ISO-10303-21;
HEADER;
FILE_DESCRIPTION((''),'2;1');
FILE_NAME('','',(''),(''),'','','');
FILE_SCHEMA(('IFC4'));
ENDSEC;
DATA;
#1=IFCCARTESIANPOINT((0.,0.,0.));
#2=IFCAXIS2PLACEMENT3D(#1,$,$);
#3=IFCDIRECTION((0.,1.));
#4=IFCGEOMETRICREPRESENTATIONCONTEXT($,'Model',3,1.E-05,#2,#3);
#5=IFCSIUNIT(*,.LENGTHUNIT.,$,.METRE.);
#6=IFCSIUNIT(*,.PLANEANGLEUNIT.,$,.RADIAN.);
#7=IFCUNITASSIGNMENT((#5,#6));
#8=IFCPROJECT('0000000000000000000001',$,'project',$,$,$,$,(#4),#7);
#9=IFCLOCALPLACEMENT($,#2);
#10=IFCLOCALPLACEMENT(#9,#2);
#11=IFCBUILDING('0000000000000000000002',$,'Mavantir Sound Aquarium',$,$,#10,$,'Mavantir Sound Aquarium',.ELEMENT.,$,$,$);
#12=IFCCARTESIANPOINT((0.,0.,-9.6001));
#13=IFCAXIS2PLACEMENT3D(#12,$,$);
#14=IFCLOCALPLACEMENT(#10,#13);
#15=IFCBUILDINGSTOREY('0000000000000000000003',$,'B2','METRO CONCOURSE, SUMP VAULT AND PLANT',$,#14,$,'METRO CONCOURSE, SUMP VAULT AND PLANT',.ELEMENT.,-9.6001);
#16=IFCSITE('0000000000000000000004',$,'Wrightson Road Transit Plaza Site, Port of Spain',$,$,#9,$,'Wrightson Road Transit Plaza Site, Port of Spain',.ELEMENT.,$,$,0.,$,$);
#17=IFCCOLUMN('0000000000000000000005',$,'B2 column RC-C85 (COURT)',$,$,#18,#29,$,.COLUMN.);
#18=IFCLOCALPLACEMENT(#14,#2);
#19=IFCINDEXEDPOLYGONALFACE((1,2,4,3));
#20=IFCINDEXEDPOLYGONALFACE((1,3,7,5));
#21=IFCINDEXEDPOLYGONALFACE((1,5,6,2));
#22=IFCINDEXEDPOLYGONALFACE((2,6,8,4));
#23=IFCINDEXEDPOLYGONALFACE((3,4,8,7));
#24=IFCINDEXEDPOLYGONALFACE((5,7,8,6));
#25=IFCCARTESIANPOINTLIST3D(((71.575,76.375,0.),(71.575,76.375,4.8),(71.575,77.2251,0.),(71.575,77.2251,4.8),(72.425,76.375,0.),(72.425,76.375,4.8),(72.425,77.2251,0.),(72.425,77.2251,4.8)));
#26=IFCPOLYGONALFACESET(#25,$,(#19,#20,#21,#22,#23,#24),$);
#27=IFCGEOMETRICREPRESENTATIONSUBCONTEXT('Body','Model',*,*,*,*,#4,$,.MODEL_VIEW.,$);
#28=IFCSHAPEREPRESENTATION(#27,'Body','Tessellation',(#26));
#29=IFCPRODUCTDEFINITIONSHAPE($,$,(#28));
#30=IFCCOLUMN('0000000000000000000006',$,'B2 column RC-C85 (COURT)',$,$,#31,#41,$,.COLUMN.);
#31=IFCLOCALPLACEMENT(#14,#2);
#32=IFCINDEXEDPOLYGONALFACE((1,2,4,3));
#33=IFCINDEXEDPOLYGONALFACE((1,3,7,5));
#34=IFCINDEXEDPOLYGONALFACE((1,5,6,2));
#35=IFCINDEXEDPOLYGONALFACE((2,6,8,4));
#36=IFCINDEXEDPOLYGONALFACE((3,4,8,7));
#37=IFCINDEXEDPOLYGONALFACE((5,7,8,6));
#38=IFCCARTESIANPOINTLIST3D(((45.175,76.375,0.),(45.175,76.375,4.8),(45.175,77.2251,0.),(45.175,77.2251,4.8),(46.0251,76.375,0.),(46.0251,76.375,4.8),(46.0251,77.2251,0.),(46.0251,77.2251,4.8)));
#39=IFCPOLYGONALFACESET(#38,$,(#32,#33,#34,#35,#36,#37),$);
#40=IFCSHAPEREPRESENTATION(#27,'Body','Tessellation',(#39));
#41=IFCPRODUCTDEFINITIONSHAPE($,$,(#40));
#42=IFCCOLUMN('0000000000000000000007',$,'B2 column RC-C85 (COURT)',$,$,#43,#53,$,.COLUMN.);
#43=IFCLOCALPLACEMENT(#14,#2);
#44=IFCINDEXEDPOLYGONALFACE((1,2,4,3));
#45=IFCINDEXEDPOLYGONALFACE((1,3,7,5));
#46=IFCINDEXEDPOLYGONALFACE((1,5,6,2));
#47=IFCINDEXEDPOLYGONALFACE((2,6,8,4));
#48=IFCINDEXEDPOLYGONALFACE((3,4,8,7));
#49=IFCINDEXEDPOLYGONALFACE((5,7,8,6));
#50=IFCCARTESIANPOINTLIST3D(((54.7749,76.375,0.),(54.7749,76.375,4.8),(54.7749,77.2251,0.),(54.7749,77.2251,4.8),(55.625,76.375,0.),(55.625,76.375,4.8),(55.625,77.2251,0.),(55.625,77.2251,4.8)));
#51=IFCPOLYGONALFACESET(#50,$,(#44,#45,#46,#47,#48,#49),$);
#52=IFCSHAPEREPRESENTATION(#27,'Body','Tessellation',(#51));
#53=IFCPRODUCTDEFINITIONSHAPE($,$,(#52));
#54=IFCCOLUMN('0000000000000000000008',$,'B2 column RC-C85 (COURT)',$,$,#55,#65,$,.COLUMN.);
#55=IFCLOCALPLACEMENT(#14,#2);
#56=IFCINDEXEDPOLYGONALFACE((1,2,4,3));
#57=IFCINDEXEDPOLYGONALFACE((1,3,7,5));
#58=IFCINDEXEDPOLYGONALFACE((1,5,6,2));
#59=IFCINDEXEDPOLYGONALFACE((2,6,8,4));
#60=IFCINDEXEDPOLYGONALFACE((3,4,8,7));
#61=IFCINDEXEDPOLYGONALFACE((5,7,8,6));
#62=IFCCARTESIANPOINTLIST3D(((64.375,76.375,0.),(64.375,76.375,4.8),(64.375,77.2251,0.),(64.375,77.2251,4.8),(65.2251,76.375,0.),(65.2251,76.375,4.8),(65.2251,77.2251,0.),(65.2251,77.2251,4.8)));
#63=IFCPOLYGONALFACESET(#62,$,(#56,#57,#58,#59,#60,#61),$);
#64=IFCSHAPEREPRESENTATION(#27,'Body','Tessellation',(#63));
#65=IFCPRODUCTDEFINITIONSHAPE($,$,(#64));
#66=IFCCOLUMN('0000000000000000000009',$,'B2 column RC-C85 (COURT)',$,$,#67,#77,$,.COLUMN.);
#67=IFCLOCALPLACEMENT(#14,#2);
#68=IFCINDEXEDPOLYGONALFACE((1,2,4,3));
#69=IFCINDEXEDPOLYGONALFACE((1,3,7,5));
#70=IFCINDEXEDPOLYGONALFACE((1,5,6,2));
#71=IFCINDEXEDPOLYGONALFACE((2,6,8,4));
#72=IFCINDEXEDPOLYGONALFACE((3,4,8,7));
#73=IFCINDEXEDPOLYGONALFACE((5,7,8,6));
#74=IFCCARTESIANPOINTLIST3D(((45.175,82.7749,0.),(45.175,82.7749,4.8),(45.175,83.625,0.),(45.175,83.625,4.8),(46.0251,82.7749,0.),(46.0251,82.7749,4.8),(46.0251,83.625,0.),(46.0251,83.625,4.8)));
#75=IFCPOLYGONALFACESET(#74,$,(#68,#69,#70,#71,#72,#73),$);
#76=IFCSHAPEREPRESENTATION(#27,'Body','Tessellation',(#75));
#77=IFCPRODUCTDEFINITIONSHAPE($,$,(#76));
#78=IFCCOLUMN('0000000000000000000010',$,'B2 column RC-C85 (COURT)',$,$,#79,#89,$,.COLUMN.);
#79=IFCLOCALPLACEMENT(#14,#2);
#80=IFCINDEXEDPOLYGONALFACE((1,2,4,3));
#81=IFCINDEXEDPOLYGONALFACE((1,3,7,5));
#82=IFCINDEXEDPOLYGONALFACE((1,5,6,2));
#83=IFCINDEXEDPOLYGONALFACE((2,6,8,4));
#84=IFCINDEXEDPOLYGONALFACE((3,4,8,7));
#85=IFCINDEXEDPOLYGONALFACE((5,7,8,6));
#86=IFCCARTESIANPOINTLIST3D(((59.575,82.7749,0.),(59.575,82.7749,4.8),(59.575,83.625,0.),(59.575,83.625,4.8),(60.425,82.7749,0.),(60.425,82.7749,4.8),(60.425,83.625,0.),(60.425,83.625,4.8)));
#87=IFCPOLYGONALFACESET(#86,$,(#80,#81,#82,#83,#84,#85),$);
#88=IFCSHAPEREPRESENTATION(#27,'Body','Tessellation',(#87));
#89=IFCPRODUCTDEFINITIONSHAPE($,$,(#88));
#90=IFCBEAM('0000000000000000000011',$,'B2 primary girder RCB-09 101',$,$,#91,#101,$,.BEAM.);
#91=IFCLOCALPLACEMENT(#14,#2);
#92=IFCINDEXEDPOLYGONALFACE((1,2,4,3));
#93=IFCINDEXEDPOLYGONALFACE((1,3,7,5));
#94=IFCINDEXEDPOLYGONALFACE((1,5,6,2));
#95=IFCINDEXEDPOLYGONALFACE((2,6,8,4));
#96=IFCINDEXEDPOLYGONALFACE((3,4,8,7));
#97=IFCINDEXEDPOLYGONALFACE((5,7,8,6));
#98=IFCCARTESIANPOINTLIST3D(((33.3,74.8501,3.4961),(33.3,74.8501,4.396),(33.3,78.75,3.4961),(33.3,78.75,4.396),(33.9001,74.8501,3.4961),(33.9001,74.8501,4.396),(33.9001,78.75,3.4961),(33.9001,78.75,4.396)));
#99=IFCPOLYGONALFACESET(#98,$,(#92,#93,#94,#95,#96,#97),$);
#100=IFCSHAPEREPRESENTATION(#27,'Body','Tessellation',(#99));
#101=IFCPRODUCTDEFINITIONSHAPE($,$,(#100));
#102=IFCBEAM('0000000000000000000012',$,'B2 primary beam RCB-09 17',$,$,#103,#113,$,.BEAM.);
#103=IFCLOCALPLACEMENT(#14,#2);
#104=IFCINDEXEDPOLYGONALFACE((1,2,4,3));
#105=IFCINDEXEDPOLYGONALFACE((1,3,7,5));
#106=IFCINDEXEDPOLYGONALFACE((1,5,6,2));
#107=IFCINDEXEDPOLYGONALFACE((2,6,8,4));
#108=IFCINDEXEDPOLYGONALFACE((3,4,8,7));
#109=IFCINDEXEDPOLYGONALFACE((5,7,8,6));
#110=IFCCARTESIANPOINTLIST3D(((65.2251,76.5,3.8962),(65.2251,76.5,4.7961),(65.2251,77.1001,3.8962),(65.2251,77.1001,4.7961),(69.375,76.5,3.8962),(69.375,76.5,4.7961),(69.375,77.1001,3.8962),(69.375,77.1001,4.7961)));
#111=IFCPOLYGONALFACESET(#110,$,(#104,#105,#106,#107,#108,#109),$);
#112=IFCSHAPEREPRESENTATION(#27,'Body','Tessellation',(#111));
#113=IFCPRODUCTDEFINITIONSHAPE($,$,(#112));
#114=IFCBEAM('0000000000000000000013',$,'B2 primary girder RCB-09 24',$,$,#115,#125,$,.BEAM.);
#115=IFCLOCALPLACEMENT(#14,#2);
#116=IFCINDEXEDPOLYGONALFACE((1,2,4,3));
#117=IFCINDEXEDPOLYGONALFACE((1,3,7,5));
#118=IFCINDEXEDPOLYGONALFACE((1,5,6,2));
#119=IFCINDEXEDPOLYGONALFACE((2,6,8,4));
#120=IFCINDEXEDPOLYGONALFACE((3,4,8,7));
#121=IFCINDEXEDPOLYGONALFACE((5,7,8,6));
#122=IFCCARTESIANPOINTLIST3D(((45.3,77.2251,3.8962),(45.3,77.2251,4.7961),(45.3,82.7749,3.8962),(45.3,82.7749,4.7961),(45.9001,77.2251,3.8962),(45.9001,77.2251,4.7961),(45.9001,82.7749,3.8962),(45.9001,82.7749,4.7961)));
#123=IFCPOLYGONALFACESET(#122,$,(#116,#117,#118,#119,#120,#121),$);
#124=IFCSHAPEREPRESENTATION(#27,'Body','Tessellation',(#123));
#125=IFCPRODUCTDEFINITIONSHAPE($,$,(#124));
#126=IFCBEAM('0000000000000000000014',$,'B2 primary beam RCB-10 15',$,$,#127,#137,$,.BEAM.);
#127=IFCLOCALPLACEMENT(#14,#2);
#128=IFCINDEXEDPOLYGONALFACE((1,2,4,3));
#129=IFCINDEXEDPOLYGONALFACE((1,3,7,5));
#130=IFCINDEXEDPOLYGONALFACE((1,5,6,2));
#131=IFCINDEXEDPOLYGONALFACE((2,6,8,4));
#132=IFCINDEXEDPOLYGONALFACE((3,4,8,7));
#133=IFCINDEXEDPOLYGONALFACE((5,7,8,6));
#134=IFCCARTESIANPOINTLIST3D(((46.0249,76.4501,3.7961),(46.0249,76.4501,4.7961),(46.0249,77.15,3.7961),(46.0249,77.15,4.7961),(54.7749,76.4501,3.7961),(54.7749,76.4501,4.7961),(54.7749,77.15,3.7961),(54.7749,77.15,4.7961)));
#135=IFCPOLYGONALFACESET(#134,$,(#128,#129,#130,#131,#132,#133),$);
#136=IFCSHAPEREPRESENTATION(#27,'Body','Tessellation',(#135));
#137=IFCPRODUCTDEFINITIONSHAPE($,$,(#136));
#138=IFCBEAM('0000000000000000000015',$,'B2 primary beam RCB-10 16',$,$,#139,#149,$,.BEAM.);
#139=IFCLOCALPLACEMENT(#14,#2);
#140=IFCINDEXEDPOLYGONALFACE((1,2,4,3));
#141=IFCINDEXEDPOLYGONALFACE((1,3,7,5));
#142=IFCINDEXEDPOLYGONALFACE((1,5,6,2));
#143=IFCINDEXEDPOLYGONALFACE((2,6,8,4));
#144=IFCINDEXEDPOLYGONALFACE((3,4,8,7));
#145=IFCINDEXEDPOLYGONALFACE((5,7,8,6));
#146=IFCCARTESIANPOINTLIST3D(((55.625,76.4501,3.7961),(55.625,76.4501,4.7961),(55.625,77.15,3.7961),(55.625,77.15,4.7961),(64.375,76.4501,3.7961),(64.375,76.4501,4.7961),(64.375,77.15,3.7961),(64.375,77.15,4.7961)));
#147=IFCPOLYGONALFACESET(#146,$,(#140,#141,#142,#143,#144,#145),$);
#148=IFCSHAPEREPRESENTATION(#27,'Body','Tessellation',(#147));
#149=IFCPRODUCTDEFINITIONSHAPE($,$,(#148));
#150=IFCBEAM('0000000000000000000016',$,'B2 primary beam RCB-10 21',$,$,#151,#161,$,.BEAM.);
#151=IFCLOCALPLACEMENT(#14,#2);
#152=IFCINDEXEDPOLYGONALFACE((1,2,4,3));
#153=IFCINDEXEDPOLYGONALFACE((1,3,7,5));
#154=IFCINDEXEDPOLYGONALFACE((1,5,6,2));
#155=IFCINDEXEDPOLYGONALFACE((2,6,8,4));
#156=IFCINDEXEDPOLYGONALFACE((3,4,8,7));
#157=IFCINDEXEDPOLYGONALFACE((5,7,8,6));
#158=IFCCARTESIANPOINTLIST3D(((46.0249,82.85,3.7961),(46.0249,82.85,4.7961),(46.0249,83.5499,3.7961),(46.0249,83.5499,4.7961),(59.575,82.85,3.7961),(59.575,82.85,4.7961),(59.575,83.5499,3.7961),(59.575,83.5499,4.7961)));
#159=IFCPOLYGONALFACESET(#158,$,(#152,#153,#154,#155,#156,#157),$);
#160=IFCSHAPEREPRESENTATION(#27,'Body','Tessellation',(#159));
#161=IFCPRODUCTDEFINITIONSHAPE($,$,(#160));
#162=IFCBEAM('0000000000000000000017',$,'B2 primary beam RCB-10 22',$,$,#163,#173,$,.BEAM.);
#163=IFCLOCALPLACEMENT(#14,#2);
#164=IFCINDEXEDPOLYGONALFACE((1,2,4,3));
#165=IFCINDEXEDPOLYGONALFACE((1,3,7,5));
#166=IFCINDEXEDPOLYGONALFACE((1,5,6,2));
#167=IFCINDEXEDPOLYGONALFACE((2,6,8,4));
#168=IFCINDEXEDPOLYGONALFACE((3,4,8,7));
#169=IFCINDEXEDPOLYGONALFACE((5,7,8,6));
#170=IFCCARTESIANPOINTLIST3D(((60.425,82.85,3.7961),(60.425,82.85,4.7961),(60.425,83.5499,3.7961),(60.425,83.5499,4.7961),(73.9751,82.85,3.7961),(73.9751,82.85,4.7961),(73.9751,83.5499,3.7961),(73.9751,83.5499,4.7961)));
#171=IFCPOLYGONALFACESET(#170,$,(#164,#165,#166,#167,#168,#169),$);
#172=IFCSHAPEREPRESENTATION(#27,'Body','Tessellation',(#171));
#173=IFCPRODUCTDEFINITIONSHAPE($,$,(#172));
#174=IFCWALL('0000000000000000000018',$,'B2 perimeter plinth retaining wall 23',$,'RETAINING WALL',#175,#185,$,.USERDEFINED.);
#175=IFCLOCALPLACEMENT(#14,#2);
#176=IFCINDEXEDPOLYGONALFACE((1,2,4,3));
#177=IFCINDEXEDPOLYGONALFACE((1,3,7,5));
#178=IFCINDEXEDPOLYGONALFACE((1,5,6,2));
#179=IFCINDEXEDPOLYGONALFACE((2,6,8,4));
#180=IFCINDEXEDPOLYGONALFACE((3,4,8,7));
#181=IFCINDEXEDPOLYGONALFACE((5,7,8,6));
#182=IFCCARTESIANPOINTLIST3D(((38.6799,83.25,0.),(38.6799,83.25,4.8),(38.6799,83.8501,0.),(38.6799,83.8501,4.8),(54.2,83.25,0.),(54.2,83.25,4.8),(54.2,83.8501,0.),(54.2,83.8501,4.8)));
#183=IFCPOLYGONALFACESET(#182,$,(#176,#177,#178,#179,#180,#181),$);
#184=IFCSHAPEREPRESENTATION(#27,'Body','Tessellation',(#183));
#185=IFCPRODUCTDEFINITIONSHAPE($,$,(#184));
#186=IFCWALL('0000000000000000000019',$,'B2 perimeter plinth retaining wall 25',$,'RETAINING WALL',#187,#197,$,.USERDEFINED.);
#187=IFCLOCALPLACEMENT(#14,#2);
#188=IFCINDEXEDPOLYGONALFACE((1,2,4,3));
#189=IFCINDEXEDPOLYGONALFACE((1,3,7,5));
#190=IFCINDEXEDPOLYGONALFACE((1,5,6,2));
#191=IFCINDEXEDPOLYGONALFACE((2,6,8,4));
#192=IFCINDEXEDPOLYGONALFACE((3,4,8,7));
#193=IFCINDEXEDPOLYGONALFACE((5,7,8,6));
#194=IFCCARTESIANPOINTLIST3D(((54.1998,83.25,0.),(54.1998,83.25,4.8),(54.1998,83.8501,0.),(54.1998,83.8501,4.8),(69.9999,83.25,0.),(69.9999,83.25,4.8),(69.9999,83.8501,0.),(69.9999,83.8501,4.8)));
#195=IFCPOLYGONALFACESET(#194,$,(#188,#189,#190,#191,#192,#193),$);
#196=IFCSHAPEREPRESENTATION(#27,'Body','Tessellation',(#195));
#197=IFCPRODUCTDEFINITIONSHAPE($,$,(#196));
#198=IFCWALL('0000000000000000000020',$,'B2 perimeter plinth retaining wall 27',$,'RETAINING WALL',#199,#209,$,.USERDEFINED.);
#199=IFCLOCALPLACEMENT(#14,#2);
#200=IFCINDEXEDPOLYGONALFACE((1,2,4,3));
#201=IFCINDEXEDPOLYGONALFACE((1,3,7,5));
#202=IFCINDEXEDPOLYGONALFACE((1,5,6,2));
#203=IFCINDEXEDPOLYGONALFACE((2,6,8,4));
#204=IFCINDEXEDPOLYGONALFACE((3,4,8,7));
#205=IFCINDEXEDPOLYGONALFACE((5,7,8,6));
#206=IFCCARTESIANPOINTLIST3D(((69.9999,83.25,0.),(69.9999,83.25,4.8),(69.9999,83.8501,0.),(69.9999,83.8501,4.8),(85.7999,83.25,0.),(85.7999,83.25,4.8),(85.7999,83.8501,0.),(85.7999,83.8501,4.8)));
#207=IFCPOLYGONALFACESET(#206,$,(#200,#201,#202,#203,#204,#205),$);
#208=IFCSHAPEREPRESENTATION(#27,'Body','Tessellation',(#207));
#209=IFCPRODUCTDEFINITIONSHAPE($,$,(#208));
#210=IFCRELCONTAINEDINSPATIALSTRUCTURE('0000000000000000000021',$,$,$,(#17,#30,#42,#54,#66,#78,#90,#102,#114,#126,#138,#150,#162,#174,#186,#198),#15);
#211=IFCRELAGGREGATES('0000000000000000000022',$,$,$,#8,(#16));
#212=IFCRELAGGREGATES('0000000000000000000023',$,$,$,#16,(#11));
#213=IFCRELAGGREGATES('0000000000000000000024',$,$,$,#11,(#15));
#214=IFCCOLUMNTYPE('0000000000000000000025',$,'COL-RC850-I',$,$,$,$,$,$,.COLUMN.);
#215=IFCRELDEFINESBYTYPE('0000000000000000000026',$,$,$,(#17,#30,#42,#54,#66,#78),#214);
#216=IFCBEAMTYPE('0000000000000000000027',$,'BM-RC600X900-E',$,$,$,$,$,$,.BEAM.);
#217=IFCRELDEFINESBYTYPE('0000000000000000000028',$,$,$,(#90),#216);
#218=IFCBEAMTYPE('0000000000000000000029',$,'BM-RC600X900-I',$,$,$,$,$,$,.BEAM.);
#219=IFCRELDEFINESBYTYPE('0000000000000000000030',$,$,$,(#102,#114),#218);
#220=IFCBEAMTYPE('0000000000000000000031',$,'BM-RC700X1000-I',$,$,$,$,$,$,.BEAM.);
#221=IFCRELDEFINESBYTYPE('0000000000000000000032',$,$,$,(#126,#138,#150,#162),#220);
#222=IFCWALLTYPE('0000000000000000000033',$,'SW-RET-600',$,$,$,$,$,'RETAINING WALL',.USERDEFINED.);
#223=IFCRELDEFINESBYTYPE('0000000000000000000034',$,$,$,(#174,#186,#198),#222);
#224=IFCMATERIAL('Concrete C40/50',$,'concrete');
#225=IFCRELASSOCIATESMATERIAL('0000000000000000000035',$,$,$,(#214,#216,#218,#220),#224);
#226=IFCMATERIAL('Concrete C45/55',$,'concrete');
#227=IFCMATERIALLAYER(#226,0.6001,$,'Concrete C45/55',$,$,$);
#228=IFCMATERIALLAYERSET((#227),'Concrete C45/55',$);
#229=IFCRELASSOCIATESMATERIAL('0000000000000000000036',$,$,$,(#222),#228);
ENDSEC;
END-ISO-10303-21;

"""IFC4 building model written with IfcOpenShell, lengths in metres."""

from ifc_helpers import new_model, si_unit, direction, frame, frame_2d, origin, origin_2d, place, context, subcontext, project, spatial, rectangle, extrude, material, layer, layer_set, material_profile, profile_set, type_object, element, save


model = new_model("IFC4")

# Units and contexts
model_context = context("Model", 3, precision=1e-05, world=origin(), true_north=direction((0.0, 1.0)))
body_context = subcontext(model_context, "Body", "Model", "MODEL_VIEW")
ifc_project = project(units=[si_unit("LENGTHUNIT", "METRE"), si_unit("PLANEANGLEUNIT", "RADIAN")], contexts=[model_context])

# Site, building, storey
site_placement = place(None, origin())
site = spatial("IfcSite", under=ifc_project, at=site_placement, Name="Wrightson Road Transit Plaza Site, Port of Spain", LongName="Wrightson Road Transit Plaza Site, Port of Spain", CompositionType="ELEMENT", RefElevation=0.0)
building_placement = place(site_placement, origin())
building = spatial("IfcBuilding", under=site, at=building_placement, Name="Mavantir Sound Aquarium", LongName="Mavantir Sound Aquarium", CompositionType="ELEMENT")
storey_placement = place(building_placement, frame((0.0, 0.0, -9.6001)))
storey = spatial("IfcBuildingStorey", under=building, at=storey_placement, Name="B2", Description="METRO CONCOURSE, SUMP VAULT AND PLANT", LongName="METRO CONCOURSE, SUMP VAULT AND PLANT", CompositionType="ELEMENT", Elevation=-9.6001)

# Shared definitions
ifc_material_1 = material(Name="Concrete C40/50", Category="concrete")

# Columns
ifc_material_profile_1 = material_profile(ifc_material_1, rectangle(XDim=0.8501, YDim=0.8501, at=origin_2d()), Name="RC 850X850")
ifc_profile_set_1 = profile_set([ifc_material_profile_1], Name="Concrete C40/50")
column_type_1 = type_object("IfcColumnType", Name="COL-RC850-I", PredefinedType="COLUMN", material=ifc_profile_set_1)
for number, where, z_axis, x_axis, name in (
    (1, (72.0, 76.8, 0.0), (0.0, 0.0, 1.0), (1.0, 0.0, 0.0), "B2 column RC-C85 (COURT)"),
    (2, (45.6001, 76.8, 0.0), (0.0, 0.0, 1.0), (1.0, 0.0, 0.0), "B2 column RC-C85 (COURT)"),
    (3, (55.2, 76.8, 0.0), (0.0, 0.0, 1.0), (1.0, 0.0, 0.0), "B2 column RC-C85 (COURT)"),
    (4, (64.8, 76.8, 0.0), (0.0, 0.0, 1.0), (1.0, 0.0, 0.0), "B2 column RC-C85 (COURT)"),
    (5, (45.6001, 83.2, 0.0), (0.0, 0.0, 1.0), (1.0, 0.0, 0.0), "B2 column RC-C85 (COURT)"),
    (6, (60.0, 83.2, 0.0), (0.0, 0.0, 1.0), (1.0, 0.0, 0.0), "B2 column RC-C85 (COURT)"),
):
    element("IfcColumn", number, at=place(storey_placement, frame(where, z_axis=z_axis, x_axis=x_axis)), inside=storey, type_object=column_type_1, Name=name, PredefinedType="COLUMN", context=body_context, shape_type="SweptSolid", body=[
        extrude(rectangle(XDim=0.8501, YDim=0.8501, at=origin_2d()), origin(), (0.0, 0.0, 1.0), 4.8),
    ])

# Beams
ifc_material_profile_2 = material_profile(ifc_material_1, rectangle(XDim=0.6001, YDim=0.8999, at=origin_2d()), Name="RC 600X900")
ifc_profile_set_2 = profile_set([ifc_material_profile_2], Name="Concrete C40/50")
beam_type_1 = type_object("IfcBeamType", Name="BM-RC600X900-E", PredefinedType="BEAM", material=ifc_profile_set_2)
beam_1_placement = place(storey_placement, frame((33.6001, 74.8501, 3.946), z_axis=(0.0, 1.0, 0.0), x_axis=(-1.0, 0.0, 0.0)))
element("IfcBeam", 7, at=beam_1_placement, inside=storey, type_object=beam_type_1, Name="B2 primary girder RCB-09 101", PredefinedType="BEAM", context=body_context, shape_type="SweptSolid", body=[
    extrude(rectangle(XDim=0.6001, YDim=0.8999, at=origin_2d()), origin(), (0.0, 0.0, 1.0), 3.8999),
])
ifc_material_profile_3 = material_profile(ifc_material_1, rectangle(XDim=0.6001, YDim=0.8999, at=origin_2d()), Name="RC 600X900")
ifc_profile_set_3 = profile_set([ifc_material_profile_3], Name="Concrete C40/50")
beam_type_2 = type_object("IfcBeamType", Name="BM-RC600X900-I", PredefinedType="BEAM", material=ifc_profile_set_3)
beam_2_placement = place(storey_placement, frame((65.2251, 76.8, 4.3462), z_axis=(1.0, 0.0, 0.0), x_axis=(0.0, 1.0, 0.0)))
element("IfcBeam", 8, at=beam_2_placement, inside=storey, type_object=beam_type_2, Name="B2 primary beam RCB-09 17", PredefinedType="BEAM", context=body_context, shape_type="SweptSolid", body=[
    extrude(rectangle(XDim=0.6001, YDim=0.8999, at=origin_2d()), origin(), (0.0, 0.0, 1.0), 4.1499),
])
beam_3_placement = place(storey_placement, frame((45.6001, 77.2251, 4.3462), z_axis=(0.0, 1.0, 0.0), x_axis=(-1.0, 0.0, 0.0)))
element("IfcBeam", 9, at=beam_3_placement, inside=storey, type_object=beam_type_2, Name="B2 primary girder RCB-09 24", PredefinedType="BEAM", context=body_context, shape_type="SweptSolid", body=[
    extrude(rectangle(XDim=0.6001, YDim=0.8999, at=origin_2d()), origin(), (0.0, 0.0, 1.0), 5.5498),
])
ifc_material_profile_4 = material_profile(ifc_material_1, rectangle(XDim=0.7, YDim=1.0, at=origin_2d()), Name="RC 700X1000")
ifc_profile_set_4 = profile_set([ifc_material_profile_4], Name="Concrete C40/50")
beam_type_3 = type_object("IfcBeamType", Name="BM-RC700X1000-I", PredefinedType="BEAM", material=ifc_profile_set_4)
for number, where, z_axis, x_axis, name in (
    (10, (46.0249, 76.8, 4.2961), (1.0, 0.0, 0.0), (0.0, 1.0, 0.0), "B2 primary beam RCB-10 15"),
    (11, (55.625, 76.8, 4.2961), (1.0, 0.0, 0.0), (0.0, 1.0, 0.0), "B2 primary beam RCB-10 16"),
):
    element("IfcBeam", number, at=place(storey_placement, frame(where, z_axis=z_axis, x_axis=x_axis)), inside=storey, type_object=beam_type_3, Name=name, PredefinedType="BEAM", context=body_context, shape_type="SweptSolid", body=[
        extrude(rectangle(XDim=0.7, YDim=1.0, at=origin_2d()), origin(), (0.0, 0.0, 1.0), 8.75),
    ])
for number, where, z_axis, x_axis, name in (
    (12, (46.0249, 83.2, 4.2961), (1.0, 0.0, 0.0), (0.0, 1.0, 0.0), "B2 primary beam RCB-10 21"),
    (13, (60.425, 83.2, 4.2961), (1.0, 0.0, 0.0), (0.0, 1.0, 0.0), "B2 primary beam RCB-10 22"),
):
    element("IfcBeam", number, at=place(storey_placement, frame(where, z_axis=z_axis, x_axis=x_axis)), inside=storey, type_object=beam_type_3, Name=name, PredefinedType="BEAM", context=body_context, shape_type="SweptSolid", body=[
        extrude(rectangle(XDim=0.7, YDim=1.0, at=origin_2d()), origin(), (0.0, 0.0, 1.0), 13.55),
    ])

# Walls
ifc_material_2 = material(Name="Concrete C45/55", Category="concrete")
ifc_layer = layer(ifc_material_2, 0.6001, Name="Concrete C45/55")
ifc_layer_set = layer_set([ifc_layer], Name="Concrete C45/55")
wall_type = type_object("IfcWallType", Name="SW-RET-600", ElementType="RETAINING WALL", PredefinedType="USERDEFINED", material=ifc_layer_set)
wall_placement = place(storey_placement, frame((38.6799, 83.55, 0.0), z_axis=(0.0, 0.0, 1.0), x_axis=(1.0, 0.0, 0.0)))
element("IfcWall", 14, at=wall_placement, inside=storey, type_object=wall_type, Name="B2 perimeter plinth retaining wall 23", ObjectType="RETAINING WALL", PredefinedType="USERDEFINED", context=body_context, shape_type="SweptSolid", body=[
    extrude(rectangle(XDim=15.52, YDim=0.6001, at=frame_2d((7.76, 0.0))), origin(), (0.0, 0.0, 1.0), 4.8),
])
for number, where, z_axis, x_axis, name in (
    (15, (54.2, 83.55, 0.0), (0.0, 0.0, 1.0), (1.0, 0.0, 0.0), "B2 perimeter plinth retaining wall 25"),
    (16, (70.0, 83.55, 0.0), (0.0, 0.0, 1.0), (1.0, 0.0, 0.0), "B2 perimeter plinth retaining wall 27"),
):
    element("IfcWall", number, at=place(storey_placement, frame(where, z_axis=z_axis, x_axis=x_axis)), inside=storey, type_object=wall_type, Name=name, ObjectType="RETAINING WALL", PredefinedType="USERDEFINED", context=body_context, shape_type="SweptSolid", body=[
        extrude(rectangle(XDim=15.8, YDim=0.6001, at=frame_2d((7.8999, 0.0))), origin(), (0.0, 0.0, 1.0), 4.8),
    ])

save(model, "model.ifc")
